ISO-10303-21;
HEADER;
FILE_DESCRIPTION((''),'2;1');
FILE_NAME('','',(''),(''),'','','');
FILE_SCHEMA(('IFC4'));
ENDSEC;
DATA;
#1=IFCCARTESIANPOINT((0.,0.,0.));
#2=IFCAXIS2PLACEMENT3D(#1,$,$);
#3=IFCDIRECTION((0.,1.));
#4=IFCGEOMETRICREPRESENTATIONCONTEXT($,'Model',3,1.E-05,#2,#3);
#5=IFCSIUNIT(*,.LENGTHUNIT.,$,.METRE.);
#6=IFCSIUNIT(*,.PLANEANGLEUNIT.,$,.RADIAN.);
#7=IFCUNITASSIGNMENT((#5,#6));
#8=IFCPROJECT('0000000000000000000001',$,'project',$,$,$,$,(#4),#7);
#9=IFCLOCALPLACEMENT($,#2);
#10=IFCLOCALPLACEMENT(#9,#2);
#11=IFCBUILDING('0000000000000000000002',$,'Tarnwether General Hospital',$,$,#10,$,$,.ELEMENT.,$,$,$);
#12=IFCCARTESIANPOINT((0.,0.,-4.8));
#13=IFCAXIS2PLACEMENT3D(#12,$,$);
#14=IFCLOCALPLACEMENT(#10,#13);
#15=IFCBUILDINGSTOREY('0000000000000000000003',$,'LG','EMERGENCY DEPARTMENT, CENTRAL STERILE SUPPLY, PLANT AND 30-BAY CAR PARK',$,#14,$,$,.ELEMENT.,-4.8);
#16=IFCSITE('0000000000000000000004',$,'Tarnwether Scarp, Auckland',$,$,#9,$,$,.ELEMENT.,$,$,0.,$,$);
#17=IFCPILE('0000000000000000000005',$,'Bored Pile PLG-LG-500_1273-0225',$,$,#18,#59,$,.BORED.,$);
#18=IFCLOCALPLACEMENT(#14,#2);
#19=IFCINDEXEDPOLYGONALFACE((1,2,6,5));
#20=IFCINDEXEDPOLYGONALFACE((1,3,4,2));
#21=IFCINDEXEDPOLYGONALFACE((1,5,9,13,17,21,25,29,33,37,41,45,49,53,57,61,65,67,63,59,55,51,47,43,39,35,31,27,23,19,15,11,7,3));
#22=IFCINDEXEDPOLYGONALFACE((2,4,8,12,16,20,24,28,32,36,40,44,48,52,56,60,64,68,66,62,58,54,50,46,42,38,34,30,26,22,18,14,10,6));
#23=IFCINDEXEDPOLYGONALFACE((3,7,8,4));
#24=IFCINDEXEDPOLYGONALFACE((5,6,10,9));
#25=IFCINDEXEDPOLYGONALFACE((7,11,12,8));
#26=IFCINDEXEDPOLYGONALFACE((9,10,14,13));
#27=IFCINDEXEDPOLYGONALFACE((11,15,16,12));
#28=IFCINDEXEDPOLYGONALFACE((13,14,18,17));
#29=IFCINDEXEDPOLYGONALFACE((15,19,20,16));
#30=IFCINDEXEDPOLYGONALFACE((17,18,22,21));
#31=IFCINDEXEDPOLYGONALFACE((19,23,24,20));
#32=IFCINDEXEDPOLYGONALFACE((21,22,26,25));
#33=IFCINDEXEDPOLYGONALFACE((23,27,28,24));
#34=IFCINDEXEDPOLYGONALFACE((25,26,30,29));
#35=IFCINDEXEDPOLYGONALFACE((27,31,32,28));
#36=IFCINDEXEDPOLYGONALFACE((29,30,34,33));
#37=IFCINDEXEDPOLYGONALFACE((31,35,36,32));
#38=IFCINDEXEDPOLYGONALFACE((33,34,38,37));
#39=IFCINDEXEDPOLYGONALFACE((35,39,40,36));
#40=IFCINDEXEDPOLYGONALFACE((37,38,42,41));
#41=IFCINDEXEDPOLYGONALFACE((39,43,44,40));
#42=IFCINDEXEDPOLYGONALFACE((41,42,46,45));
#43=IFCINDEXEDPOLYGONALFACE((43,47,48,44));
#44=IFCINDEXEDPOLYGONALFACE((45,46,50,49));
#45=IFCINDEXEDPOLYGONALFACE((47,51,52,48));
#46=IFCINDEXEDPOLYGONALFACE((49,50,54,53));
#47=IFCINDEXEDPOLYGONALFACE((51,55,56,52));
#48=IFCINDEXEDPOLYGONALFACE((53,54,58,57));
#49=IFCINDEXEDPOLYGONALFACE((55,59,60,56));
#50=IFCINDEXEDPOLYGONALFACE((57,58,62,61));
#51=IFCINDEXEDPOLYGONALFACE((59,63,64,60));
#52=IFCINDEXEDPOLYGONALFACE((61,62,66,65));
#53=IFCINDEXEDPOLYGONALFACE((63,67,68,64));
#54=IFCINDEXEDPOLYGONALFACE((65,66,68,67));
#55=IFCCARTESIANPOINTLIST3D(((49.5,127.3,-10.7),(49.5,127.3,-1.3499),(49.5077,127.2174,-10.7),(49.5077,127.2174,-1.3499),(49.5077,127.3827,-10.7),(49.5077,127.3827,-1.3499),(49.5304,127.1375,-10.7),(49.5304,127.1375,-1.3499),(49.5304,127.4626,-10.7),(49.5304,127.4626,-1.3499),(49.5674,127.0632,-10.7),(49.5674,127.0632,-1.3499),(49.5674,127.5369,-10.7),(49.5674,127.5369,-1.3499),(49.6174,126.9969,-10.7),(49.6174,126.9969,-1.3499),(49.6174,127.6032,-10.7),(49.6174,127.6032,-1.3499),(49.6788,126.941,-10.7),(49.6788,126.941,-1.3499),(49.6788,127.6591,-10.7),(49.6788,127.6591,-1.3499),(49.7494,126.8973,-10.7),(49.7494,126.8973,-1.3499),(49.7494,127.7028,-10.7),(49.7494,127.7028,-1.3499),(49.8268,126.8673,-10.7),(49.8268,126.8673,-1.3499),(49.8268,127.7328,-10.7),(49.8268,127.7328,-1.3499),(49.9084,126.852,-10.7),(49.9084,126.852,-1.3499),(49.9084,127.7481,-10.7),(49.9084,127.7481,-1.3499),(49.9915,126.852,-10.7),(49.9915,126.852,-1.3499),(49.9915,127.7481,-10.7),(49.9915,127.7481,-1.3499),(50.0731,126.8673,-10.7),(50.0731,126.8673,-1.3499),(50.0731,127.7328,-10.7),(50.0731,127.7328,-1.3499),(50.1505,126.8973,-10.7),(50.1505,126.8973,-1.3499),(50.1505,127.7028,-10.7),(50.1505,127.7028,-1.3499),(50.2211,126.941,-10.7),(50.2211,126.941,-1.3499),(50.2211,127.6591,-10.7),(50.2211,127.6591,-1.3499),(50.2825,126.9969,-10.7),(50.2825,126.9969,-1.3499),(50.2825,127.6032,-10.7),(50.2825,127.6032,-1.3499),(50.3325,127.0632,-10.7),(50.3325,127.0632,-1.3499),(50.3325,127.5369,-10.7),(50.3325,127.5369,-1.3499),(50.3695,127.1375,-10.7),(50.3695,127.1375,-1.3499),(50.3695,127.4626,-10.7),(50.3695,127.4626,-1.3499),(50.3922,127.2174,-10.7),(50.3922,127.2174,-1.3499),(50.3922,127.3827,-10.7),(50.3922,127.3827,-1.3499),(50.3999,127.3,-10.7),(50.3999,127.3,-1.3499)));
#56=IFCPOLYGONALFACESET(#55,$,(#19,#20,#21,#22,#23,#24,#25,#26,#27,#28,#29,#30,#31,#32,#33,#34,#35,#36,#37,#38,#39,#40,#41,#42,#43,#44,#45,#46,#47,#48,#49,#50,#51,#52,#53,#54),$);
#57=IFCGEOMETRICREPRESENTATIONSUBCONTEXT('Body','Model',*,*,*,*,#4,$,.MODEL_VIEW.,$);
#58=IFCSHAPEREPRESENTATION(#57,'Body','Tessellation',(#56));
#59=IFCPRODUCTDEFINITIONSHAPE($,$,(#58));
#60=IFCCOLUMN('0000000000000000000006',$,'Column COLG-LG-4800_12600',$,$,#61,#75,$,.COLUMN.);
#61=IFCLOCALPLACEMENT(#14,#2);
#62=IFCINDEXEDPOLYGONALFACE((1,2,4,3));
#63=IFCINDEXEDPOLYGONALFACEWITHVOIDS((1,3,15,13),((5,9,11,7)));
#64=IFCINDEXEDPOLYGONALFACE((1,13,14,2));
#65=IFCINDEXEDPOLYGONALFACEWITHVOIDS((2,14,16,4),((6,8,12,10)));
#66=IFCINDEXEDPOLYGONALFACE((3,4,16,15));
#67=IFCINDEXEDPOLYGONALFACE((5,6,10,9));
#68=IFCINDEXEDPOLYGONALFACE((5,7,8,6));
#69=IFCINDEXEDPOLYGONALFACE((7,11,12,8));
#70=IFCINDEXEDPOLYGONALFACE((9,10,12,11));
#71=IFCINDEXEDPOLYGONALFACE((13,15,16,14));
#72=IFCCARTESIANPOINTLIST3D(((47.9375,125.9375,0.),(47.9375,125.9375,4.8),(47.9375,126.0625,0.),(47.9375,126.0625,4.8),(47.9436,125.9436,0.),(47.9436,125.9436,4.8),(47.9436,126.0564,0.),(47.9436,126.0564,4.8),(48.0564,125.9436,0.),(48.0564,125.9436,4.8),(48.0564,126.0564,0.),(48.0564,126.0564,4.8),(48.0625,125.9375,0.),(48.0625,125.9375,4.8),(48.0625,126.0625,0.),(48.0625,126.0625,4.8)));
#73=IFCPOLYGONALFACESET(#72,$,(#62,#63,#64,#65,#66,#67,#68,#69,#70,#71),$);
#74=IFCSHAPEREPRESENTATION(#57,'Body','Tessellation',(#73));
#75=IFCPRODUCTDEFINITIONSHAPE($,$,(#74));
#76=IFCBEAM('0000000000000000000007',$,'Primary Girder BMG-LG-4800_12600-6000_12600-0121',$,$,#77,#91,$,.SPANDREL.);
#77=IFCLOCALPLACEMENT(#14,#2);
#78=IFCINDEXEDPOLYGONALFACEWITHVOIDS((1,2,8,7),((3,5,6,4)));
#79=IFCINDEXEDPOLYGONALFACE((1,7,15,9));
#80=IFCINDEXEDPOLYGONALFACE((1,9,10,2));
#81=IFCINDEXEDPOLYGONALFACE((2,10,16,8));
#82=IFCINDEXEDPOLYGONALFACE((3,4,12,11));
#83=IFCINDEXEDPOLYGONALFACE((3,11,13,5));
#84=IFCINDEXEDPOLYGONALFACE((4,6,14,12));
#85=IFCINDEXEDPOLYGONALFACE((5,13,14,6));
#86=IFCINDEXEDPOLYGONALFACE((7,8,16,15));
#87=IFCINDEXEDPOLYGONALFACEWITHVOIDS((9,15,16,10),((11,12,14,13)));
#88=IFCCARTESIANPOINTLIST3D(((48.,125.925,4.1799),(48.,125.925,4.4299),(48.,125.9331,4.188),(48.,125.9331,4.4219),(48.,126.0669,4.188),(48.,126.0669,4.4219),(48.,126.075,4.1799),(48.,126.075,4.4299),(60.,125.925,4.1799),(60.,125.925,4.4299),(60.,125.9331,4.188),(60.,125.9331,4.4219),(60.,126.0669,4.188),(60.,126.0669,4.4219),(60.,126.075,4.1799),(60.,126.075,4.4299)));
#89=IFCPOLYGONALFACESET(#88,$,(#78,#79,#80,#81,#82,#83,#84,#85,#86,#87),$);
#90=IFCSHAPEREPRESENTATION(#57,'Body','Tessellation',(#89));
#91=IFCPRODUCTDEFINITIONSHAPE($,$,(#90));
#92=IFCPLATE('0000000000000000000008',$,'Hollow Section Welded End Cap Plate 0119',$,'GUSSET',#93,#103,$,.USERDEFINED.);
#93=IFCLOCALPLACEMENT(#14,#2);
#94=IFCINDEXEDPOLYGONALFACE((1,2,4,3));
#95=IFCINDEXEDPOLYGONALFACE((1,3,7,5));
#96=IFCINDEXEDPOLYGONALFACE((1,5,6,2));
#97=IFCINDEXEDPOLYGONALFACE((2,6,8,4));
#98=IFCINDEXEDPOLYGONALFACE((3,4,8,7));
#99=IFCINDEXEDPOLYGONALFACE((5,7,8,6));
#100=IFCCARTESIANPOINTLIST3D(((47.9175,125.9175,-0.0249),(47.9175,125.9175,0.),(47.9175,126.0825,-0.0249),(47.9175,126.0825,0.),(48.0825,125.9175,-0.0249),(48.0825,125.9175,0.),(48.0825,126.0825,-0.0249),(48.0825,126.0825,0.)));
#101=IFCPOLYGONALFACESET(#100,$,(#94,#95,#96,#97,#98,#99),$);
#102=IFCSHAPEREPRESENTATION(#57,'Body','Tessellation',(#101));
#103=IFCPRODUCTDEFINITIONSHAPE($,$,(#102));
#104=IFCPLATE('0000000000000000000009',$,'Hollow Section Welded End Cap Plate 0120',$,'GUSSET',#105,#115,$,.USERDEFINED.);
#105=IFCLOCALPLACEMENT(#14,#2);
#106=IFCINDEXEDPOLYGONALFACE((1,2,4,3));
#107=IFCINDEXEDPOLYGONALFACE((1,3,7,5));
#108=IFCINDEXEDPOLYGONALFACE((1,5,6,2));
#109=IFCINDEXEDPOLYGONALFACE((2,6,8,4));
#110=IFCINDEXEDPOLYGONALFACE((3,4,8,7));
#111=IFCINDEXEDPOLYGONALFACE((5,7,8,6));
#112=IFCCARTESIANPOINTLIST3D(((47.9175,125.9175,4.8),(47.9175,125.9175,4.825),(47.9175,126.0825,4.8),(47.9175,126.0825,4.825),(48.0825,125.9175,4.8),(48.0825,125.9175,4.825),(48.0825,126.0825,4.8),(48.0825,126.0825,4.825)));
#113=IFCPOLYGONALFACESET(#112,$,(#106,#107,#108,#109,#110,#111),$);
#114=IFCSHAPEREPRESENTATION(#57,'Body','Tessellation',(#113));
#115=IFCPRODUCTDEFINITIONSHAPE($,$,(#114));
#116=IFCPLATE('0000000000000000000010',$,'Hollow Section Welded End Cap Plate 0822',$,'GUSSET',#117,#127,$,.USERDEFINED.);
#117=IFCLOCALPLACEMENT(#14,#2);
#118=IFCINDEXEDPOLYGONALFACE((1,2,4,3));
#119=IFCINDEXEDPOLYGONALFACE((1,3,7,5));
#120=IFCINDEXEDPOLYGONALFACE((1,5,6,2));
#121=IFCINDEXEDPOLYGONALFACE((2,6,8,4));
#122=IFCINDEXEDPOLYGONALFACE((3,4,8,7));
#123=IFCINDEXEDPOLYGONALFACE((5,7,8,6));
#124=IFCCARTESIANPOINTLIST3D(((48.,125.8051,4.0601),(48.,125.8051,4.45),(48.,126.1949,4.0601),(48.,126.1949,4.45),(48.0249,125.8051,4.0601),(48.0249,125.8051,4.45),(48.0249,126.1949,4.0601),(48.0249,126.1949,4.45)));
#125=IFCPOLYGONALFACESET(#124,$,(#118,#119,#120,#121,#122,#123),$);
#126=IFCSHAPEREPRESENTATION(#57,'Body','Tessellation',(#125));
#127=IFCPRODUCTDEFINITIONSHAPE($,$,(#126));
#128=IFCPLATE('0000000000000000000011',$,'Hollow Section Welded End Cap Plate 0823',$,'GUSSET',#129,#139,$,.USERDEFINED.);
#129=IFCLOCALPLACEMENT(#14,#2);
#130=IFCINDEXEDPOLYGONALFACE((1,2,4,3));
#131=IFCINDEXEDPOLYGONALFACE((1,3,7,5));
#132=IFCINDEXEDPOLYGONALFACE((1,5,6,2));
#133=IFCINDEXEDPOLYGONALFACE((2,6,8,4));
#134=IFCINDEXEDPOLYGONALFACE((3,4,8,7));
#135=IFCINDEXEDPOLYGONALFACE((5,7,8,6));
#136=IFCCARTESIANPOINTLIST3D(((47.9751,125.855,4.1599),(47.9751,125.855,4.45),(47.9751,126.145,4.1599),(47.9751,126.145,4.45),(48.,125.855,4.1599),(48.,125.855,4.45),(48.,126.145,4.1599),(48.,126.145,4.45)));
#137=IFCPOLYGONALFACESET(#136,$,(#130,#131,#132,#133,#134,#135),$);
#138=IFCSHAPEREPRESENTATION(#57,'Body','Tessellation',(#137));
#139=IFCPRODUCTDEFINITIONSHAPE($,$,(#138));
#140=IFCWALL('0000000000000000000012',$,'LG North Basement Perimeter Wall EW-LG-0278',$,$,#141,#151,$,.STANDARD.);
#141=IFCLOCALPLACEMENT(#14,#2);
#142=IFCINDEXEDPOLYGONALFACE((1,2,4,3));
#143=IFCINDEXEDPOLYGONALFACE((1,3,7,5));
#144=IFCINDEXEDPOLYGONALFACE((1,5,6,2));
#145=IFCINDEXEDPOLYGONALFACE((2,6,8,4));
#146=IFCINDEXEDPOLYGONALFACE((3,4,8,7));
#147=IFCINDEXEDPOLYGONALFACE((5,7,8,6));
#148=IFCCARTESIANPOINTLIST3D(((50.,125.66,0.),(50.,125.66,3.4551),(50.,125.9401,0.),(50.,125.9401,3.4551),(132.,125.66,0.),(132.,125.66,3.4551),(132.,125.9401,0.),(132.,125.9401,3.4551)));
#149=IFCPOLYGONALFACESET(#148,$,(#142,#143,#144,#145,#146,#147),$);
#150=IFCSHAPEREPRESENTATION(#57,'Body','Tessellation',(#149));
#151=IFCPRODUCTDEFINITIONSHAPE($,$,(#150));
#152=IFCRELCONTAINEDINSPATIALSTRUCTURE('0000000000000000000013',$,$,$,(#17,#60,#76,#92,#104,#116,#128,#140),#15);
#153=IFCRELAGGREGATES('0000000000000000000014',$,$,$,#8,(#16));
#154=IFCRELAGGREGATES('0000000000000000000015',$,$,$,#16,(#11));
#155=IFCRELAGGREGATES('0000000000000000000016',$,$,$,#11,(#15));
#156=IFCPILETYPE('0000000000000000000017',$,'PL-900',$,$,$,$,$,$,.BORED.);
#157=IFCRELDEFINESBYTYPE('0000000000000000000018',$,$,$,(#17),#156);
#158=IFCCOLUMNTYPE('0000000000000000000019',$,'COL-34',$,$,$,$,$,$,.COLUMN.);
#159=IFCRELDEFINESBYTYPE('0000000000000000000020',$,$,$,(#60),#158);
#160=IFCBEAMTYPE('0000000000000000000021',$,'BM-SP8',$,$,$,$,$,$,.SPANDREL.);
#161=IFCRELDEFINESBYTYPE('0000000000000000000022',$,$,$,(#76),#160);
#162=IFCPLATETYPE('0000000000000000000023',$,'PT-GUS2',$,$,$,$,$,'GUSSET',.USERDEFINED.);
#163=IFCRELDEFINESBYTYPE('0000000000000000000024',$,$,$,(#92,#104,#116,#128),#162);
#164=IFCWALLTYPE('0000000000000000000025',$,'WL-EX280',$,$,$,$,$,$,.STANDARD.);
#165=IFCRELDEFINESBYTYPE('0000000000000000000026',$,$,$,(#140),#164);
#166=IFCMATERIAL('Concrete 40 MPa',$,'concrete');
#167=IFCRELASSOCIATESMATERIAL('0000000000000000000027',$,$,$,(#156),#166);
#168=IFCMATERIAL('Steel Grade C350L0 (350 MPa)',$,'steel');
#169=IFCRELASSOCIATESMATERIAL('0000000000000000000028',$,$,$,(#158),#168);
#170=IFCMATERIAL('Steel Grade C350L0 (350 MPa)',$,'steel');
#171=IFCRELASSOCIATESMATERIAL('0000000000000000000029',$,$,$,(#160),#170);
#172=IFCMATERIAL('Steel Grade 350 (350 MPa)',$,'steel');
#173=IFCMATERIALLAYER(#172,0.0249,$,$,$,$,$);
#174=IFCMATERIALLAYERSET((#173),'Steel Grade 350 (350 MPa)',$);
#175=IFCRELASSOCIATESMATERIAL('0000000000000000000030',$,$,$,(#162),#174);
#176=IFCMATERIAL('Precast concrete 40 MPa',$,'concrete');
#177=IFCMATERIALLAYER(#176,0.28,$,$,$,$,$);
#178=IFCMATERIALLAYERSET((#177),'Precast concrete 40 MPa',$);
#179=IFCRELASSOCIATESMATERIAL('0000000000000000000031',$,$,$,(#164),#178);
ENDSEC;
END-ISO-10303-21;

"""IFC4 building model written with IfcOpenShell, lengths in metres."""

from ifc_helpers import new_model, si_unit, direction, frame, frame_2d, origin, origin_2d, place, context, subcontext, project, spatial, rectangle, hollow_rectangle, circle, extrude, material, layer, layer_set, material_profile, profile_set, type_object, element, save


model = new_model("IFC4")

# Units and contexts
model_context = context("Model", 3, precision=1e-05, world=origin(), true_north=direction((0.0, 1.0)))
body_context = subcontext(model_context, "Body", "Model", "MODEL_VIEW")
ifc_project = project(units=[si_unit("LENGTHUNIT", "METRE"), si_unit("PLANEANGLEUNIT", "RADIAN")], contexts=[model_context])

# Site, building, storey
site_placement = place(None, origin())
site = spatial("IfcSite", under=ifc_project, at=site_placement, Name="Tarnwether Scarp, Auckland", CompositionType="ELEMENT", RefElevation=0.0)
building_placement = place(site_placement, origin())
building = spatial("IfcBuilding", under=site, at=building_placement, Name="Tarnwether General Hospital", CompositionType="ELEMENT")
storey_placement = place(building_placement, frame((0.0, 0.0, -4.8)))
storey = spatial("IfcBuildingStorey", under=building, at=storey_placement, Name="LG", Description="EMERGENCY DEPARTMENT, CENTRAL STERILE SUPPLY, PLANT AND 30-BAY CAR PARK", CompositionType="ELEMENT", Elevation=-4.8)

# Pile
ifc_material_1 = material(Name="Concrete 40 MPa", Category="concrete")
ifc_material_profile_1 = material_profile(ifc_material_1, circle(Radius=0.45, at=origin_2d()), Name="PILE-D900")
ifc_profile_set_1 = profile_set([ifc_material_profile_1], Name="Concrete 40 MPa")
pile_type_1 = type_object("IfcPileType", Name="PL-900", PredefinedType="BORED", material=ifc_profile_set_1)
for number, where, z_axis, x_axis, name in (
    (1, (49.95, 127.3, -1.3499), (0.0, 0.0, -1.0), (1.0, 0.0, 0.0), "Bored Pile PLG-LG-500_1273-0225"),
):
    element("IfcPile", number, at=place(storey_placement, frame(where, z_axis=z_axis, x_axis=x_axis)), inside=storey, type_object=pile_type_1, Name=name, PredefinedType="BORED", context=body_context, shape_type="SweptSolid", body=[
        extrude(circle(Radius=0.45, at=origin_2d()), origin(), (0.0, 0.0, 1.0), 9.3501),
    ])

# Column
ifc_material_2 = material(Name="Steel Grade C350L0 (350 MPa)", Category="steel")
ifc_material_profile_2 = material_profile(ifc_material_2, hollow_rectangle(XDim=0.125, YDim=0.125, WallThickness=0.0061, at=origin_2d()), Name="SHS125x125x6")
ifc_profile_set_2 = profile_set([ifc_material_profile_2], Name="Steel Grade C350L0 (350 MPa)")
column_type = type_object("IfcColumnType", Name="COL-34", PredefinedType="COLUMN", material=ifc_profile_set_2)
column_placement = place(storey_placement, frame((48.0, 126.0, 0.0), z_axis=(0.0, 0.0, 1.0), x_axis=(1.0, 0.0, 0.0)))
element("IfcColumn", 2, at=column_placement, inside=storey, type_object=column_type, Name="Column COLG-LG-4800_12600", PredefinedType="COLUMN", context=body_context, shape_type="SweptSolid", body=[
    extrude(hollow_rectangle(XDim=0.125, YDim=0.125, WallThickness=0.0061, at=origin_2d()), origin(), (0.0, 0.0, 1.0), 4.8),
])

# Beam
ifc_material_3 = material(Name="Steel Grade C350L0 (350 MPa)", Category="steel")
ifc_material_profile_3 = material_profile(ifc_material_3, hollow_rectangle(XDim=0.1499, YDim=0.25, WallThickness=0.0081, at=origin_2d()), Name="RHS250x150x8")
ifc_profile_set_3 = profile_set([ifc_material_profile_3], Name="Steel Grade C350L0 (350 MPa)")
beam_type = type_object("IfcBeamType", Name="BM-SP8", PredefinedType="SPANDREL", material=ifc_profile_set_3)
beam_placement = place(storey_placement, frame((48.0, 126.0, 4.3049), z_axis=(1.0, 0.0, 0.0), x_axis=(0.0, 1.0, 0.0)))
element("IfcBeam", 3, at=beam_placement, inside=storey, type_object=beam_type, Name="Primary Girder BMG-LG-4800_12600-6000_12600-0121", PredefinedType="SPANDREL", context=body_context, shape_type="SweptSolid", body=[
    extrude(hollow_rectangle(XDim=0.1499, YDim=0.25, WallThickness=0.0081, at=origin_2d()), origin(), (0.0, 0.0, 1.0), 12.0),
])

# Plates
ifc_material_4 = material(Name="Steel Grade 350 (350 MPa)", Category="steel")
ifc_layer_1 = layer(ifc_material_4, 0.0249)
ifc_layer_set_1 = layer_set([ifc_layer_1], Name="Steel Grade 350 (350 MPa)")
plate_type = type_object("IfcPlateType", Name="PT-GUS2", ElementType="GUSSET", PredefinedType="USERDEFINED", material=ifc_layer_set_1)
for number, where, z_axis, x_axis, name in (
    (4, (48.0, 126.0, -0.0249), (0.0, 0.0, 1.0), (1.0, 0.0, 0.0), "Hollow Section Welded End Cap Plate 0119"),
    (5, (48.0, 126.0, 4.8), (0.0, 0.0, 1.0), (1.0, 0.0, 0.0), "Hollow Section Welded End Cap Plate 0120"),
):
    element("IfcPlate", number, at=place(storey_placement, frame(where, z_axis=z_axis, x_axis=x_axis)), inside=storey, type_object=plate_type, Name=name, ObjectType="GUSSET", PredefinedType="USERDEFINED", context=body_context, shape_type="SweptSolid", body=[
        extrude(rectangle(XDim=0.165, YDim=0.165, at=origin_2d()), origin(), (0.0, 0.0, 1.0), 0.0249),
    ])
plate_1_placement = place(storey_placement, frame((48.0125, 126.0, 4.0601), z_axis=(0.0, 0.0, 1.0), x_axis=(1.0, 0.0, 0.0)))
element("IfcPlate", 6, at=plate_1_placement, inside=storey, type_object=plate_type, Name="Hollow Section Welded End Cap Plate 0822", ObjectType="GUSSET", PredefinedType="USERDEFINED", context=body_context, shape_type="SweptSolid", body=[
    extrude(rectangle(XDim=0.0249, YDim=0.3899, at=origin_2d()), origin(), (0.0, 0.0, 1.0), 0.3899),
])
plate_2_placement = place(storey_placement, frame((47.9875, 126.0, 4.1599), z_axis=(0.0, 0.0, 1.0), x_axis=(1.0, 0.0, 0.0)))
element("IfcPlate", 7, at=plate_2_placement, inside=storey, type_object=plate_type, Name="Hollow Section Welded End Cap Plate 0823", ObjectType="GUSSET", PredefinedType="USERDEFINED", context=body_context, shape_type="SweptSolid", body=[
    extrude(rectangle(XDim=0.0249, YDim=0.29, at=origin_2d()), origin(), (0.0, 0.0, 1.0), 0.29),
])

# Wall
ifc_material_5 = material(Name="Precast concrete 40 MPa", Category="concrete")
ifc_layer_2 = layer(ifc_material_5, 0.28)
ifc_layer_set_2 = layer_set([ifc_layer_2], Name="Precast concrete 40 MPa")
wall_type = type_object("IfcWallType", Name="WL-EX280", PredefinedType="STANDARD", material=ifc_layer_set_2)
wall_placement = place(storey_placement, frame((50.0, 125.8, 0.0), z_axis=(0.0, 0.0, 1.0), x_axis=(1.0, 0.0, 0.0)))
element("IfcWall", 8, at=wall_placement, inside=storey, type_object=wall_type, Name="LG North Basement Perimeter Wall EW-LG-0278", PredefinedType="STANDARD", context=body_context, shape_type="SweptSolid", body=[
    extrude(rectangle(XDim=82.0, YDim=0.28, at=frame_2d((41.0, 0.0))), origin(), (0.0, 0.0, 1.0), 3.4551),
])

save(model, "model.ifc")
